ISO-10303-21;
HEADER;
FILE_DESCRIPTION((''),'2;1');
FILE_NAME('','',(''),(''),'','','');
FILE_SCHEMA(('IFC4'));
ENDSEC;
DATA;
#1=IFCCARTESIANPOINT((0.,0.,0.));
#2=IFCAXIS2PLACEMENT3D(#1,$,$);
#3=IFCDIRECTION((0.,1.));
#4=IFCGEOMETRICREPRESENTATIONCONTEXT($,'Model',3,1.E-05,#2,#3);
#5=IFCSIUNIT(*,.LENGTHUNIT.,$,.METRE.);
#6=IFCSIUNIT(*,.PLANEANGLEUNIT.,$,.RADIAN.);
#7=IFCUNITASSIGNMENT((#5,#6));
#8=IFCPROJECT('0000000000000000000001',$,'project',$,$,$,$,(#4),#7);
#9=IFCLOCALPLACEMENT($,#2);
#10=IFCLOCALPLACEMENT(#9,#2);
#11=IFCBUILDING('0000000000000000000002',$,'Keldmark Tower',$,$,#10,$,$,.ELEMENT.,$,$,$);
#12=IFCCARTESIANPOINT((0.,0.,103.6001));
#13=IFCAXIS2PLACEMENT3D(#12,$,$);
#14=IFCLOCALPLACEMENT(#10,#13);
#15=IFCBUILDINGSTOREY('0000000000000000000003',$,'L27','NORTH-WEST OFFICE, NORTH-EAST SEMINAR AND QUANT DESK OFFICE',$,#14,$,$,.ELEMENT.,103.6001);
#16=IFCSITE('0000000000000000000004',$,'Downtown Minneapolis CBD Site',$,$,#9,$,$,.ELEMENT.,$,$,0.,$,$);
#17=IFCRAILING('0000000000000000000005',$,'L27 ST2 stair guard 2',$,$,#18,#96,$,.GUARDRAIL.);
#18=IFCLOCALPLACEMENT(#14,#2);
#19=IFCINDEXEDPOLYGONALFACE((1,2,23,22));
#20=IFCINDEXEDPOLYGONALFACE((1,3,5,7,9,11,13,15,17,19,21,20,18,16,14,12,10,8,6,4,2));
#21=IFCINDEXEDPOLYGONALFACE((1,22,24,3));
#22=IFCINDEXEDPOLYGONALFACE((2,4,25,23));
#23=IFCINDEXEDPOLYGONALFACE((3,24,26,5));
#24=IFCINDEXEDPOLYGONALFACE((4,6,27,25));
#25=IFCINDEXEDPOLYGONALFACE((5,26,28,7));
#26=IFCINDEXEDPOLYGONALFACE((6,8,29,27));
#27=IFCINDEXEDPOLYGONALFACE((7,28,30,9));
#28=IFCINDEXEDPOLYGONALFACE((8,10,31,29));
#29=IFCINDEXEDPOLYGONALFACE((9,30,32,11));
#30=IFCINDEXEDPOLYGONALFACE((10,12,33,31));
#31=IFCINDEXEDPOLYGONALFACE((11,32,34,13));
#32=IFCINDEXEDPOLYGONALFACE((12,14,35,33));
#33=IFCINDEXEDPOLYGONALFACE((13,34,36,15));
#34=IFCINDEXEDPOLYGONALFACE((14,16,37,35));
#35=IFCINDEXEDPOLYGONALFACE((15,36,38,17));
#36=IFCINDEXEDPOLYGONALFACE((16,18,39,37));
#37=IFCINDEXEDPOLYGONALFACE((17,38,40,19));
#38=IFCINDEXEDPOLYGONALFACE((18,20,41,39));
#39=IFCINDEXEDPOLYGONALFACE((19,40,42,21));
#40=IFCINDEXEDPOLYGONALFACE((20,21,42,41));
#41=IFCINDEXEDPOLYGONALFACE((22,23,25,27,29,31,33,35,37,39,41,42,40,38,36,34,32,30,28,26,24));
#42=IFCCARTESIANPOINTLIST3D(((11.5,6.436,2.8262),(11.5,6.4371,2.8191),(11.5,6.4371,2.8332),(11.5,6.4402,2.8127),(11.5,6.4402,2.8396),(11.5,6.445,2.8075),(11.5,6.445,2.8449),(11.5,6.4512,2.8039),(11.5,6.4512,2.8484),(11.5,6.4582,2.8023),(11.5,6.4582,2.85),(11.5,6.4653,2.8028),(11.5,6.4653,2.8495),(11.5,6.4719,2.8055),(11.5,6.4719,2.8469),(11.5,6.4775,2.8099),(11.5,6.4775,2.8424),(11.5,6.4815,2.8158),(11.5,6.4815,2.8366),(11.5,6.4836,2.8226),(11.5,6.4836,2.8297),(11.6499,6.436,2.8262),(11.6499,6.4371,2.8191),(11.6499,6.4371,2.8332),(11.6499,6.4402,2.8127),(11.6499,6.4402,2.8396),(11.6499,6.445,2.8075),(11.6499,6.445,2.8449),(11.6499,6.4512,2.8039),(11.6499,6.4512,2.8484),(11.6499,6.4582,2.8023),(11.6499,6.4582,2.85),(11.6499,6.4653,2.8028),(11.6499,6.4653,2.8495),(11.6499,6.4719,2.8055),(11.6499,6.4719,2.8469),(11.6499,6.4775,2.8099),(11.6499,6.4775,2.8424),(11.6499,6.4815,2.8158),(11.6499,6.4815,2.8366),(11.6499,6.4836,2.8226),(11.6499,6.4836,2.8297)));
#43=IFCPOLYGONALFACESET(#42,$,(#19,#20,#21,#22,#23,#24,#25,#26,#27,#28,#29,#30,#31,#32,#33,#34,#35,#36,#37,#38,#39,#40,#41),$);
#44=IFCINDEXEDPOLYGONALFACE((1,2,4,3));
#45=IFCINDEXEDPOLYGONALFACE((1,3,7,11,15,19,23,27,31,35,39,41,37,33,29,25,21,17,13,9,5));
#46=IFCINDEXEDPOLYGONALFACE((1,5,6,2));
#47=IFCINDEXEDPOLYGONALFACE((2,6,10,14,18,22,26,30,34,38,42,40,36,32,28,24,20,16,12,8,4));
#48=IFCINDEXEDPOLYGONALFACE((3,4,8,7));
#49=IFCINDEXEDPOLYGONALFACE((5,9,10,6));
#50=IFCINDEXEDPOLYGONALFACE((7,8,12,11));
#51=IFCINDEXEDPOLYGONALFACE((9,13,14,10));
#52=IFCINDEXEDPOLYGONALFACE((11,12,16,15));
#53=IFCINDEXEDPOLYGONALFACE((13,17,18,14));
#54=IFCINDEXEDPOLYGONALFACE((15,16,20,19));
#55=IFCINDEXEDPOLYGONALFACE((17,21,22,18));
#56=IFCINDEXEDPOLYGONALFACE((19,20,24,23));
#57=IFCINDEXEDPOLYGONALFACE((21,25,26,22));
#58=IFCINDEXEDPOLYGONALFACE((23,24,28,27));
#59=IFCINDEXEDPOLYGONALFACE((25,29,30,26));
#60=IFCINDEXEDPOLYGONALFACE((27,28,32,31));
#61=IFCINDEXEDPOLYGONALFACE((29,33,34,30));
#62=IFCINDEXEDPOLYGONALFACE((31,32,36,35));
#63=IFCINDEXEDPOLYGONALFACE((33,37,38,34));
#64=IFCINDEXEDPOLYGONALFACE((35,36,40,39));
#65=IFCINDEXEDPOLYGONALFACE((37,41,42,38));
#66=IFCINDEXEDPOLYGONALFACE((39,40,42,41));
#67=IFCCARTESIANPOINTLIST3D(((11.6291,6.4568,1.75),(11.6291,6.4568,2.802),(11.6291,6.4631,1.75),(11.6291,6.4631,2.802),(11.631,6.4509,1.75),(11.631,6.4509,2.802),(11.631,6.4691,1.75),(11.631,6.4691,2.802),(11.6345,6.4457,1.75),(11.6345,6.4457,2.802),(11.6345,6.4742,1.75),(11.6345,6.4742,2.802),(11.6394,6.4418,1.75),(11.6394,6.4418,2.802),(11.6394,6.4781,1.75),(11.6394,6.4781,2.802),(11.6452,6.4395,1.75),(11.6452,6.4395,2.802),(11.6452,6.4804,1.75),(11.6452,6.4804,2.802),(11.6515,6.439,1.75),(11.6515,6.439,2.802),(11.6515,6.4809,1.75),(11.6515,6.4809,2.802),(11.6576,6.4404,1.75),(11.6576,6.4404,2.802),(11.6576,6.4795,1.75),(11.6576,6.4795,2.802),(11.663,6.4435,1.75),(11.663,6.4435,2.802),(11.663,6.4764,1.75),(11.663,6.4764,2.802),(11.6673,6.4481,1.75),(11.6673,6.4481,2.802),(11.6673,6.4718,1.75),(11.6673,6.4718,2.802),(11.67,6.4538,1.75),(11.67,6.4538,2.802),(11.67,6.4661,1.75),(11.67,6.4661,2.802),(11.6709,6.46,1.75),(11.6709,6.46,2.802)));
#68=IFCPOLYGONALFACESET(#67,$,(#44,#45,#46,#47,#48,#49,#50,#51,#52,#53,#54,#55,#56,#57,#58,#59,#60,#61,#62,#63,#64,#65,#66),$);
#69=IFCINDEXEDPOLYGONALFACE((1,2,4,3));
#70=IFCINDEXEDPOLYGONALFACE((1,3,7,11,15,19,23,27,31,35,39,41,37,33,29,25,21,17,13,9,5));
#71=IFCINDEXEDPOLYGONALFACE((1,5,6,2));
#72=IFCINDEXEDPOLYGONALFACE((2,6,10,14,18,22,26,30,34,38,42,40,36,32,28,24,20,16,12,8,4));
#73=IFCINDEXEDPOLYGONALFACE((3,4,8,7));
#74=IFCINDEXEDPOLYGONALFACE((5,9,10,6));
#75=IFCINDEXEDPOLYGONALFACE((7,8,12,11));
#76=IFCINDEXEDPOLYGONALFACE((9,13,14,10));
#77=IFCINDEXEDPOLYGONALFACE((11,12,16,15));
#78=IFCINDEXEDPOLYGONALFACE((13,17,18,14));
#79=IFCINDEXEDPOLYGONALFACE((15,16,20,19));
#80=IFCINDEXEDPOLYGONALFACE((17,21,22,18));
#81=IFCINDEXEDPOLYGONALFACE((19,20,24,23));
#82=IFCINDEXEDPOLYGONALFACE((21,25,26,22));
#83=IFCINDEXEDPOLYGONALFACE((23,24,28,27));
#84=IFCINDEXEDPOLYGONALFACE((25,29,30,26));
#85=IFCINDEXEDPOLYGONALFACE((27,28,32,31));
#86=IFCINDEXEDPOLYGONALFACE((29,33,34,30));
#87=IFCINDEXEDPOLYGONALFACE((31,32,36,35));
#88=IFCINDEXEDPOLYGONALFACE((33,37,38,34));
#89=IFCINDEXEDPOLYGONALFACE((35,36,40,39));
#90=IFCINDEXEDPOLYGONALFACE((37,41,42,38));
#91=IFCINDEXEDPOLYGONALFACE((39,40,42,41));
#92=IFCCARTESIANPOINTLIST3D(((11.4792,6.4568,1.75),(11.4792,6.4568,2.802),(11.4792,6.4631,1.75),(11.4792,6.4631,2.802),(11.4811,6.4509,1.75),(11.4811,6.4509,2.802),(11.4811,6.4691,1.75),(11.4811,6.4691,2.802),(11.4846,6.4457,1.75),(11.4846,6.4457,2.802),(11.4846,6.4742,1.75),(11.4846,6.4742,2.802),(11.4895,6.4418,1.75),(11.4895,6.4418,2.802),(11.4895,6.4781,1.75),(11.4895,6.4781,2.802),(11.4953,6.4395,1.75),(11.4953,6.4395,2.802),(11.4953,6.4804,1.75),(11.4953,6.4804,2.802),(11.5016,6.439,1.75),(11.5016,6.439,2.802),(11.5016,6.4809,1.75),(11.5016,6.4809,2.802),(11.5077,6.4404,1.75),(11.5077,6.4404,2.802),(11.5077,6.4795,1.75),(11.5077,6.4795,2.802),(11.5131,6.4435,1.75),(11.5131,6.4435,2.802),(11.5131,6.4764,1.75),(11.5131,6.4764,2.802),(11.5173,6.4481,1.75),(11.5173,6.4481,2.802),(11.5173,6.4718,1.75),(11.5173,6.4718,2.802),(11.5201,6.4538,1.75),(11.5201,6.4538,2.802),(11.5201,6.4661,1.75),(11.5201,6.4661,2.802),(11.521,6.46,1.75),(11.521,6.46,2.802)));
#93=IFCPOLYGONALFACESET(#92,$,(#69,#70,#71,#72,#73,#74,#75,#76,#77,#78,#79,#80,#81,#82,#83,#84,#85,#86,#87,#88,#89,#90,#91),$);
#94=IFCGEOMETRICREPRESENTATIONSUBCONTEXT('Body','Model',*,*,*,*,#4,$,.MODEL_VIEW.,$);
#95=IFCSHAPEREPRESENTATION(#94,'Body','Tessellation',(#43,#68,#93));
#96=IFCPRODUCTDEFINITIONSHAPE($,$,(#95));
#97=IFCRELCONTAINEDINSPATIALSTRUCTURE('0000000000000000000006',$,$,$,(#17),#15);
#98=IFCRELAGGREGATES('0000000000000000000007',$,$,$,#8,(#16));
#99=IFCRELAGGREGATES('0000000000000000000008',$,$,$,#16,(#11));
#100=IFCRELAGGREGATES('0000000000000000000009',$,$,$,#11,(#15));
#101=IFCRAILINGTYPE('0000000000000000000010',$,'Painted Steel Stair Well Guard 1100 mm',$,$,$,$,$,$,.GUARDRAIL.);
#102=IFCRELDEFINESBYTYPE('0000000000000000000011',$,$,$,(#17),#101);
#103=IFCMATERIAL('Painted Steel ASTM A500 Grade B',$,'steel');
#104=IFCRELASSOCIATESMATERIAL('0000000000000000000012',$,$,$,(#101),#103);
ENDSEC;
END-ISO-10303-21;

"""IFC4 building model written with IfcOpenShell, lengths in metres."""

from ifc_helpers import new_model, si_unit, direction, frame, origin, origin_2d, place, context, subcontext, project, spatial, circle, extrude, material, type_object, element, save


model = new_model("IFC4")

# Units and contexts
model_context = context("Model", 3, precision=1e-05, world=origin(), true_north=direction((0.0, 1.0)))
body_context = subcontext(model_context, "Body", "Model", "MODEL_VIEW")
ifc_project = project(units=[si_unit("LENGTHUNIT", "METRE"), si_unit("PLANEANGLEUNIT", "RADIAN")], contexts=[model_context])

# Site, building, storey
site_placement = place(None, origin())
site = spatial("IfcSite", under=ifc_project, at=site_placement, Name="Downtown Minneapolis CBD Site", CompositionType="ELEMENT", RefElevation=0.0)
building_placement = place(site_placement, origin())
building = spatial("IfcBuilding", under=site, at=building_placement, Name="Keldmark Tower", CompositionType="ELEMENT")
storey_placement = place(building_placement, frame((0.0, 0.0, 103.6001)))
storey = spatial("IfcBuildingStorey", under=building, at=storey_placement, Name="L27", Description="NORTH-WEST OFFICE, NORTH-EAST SEMINAR AND QUANT DESK OFFICE", CompositionType="ELEMENT", Elevation=103.6001)

# Railing
ifc_material_1 = material(Name="Painted Steel ASTM A500 Grade B", Category="steel")
railing_type_1 = type_object("IfcRailingType", Name="Painted Steel Stair Well Guard 1100 mm", PredefinedType="GUARDRAIL", material=ifc_material_1)
railing_1_placement = place(storey_placement, frame((11.6499, 6.46, 1.75)))
element("IfcRailing", 1, at=railing_1_placement, inside=storey, type_object=railing_type_1, Name="L27 ST2 stair guard 2", PredefinedType="GUARDRAIL", context=body_context, shape_type="SweptSolid", body=[
    extrude(circle(Radius=0.0239, at=origin_2d()), frame((0.0, 0.0, 1.0762), z_axis=(-1.0, 0.0, 0.0), x_axis=(0.0, -1.0, 0.0)), (0.0, 0.0, 1.0), 0.1499),
    extrude(circle(Radius=0.021, at=origin_2d()), origin(), (0.0, 0.0, 1.0), 1.052),
    extrude(circle(Radius=0.021, at=origin_2d()), frame((-0.1499, 0.0, 0.0)), (0.0, 0.0, 1.0), 1.052),
])

save(model, "model.ifc")
